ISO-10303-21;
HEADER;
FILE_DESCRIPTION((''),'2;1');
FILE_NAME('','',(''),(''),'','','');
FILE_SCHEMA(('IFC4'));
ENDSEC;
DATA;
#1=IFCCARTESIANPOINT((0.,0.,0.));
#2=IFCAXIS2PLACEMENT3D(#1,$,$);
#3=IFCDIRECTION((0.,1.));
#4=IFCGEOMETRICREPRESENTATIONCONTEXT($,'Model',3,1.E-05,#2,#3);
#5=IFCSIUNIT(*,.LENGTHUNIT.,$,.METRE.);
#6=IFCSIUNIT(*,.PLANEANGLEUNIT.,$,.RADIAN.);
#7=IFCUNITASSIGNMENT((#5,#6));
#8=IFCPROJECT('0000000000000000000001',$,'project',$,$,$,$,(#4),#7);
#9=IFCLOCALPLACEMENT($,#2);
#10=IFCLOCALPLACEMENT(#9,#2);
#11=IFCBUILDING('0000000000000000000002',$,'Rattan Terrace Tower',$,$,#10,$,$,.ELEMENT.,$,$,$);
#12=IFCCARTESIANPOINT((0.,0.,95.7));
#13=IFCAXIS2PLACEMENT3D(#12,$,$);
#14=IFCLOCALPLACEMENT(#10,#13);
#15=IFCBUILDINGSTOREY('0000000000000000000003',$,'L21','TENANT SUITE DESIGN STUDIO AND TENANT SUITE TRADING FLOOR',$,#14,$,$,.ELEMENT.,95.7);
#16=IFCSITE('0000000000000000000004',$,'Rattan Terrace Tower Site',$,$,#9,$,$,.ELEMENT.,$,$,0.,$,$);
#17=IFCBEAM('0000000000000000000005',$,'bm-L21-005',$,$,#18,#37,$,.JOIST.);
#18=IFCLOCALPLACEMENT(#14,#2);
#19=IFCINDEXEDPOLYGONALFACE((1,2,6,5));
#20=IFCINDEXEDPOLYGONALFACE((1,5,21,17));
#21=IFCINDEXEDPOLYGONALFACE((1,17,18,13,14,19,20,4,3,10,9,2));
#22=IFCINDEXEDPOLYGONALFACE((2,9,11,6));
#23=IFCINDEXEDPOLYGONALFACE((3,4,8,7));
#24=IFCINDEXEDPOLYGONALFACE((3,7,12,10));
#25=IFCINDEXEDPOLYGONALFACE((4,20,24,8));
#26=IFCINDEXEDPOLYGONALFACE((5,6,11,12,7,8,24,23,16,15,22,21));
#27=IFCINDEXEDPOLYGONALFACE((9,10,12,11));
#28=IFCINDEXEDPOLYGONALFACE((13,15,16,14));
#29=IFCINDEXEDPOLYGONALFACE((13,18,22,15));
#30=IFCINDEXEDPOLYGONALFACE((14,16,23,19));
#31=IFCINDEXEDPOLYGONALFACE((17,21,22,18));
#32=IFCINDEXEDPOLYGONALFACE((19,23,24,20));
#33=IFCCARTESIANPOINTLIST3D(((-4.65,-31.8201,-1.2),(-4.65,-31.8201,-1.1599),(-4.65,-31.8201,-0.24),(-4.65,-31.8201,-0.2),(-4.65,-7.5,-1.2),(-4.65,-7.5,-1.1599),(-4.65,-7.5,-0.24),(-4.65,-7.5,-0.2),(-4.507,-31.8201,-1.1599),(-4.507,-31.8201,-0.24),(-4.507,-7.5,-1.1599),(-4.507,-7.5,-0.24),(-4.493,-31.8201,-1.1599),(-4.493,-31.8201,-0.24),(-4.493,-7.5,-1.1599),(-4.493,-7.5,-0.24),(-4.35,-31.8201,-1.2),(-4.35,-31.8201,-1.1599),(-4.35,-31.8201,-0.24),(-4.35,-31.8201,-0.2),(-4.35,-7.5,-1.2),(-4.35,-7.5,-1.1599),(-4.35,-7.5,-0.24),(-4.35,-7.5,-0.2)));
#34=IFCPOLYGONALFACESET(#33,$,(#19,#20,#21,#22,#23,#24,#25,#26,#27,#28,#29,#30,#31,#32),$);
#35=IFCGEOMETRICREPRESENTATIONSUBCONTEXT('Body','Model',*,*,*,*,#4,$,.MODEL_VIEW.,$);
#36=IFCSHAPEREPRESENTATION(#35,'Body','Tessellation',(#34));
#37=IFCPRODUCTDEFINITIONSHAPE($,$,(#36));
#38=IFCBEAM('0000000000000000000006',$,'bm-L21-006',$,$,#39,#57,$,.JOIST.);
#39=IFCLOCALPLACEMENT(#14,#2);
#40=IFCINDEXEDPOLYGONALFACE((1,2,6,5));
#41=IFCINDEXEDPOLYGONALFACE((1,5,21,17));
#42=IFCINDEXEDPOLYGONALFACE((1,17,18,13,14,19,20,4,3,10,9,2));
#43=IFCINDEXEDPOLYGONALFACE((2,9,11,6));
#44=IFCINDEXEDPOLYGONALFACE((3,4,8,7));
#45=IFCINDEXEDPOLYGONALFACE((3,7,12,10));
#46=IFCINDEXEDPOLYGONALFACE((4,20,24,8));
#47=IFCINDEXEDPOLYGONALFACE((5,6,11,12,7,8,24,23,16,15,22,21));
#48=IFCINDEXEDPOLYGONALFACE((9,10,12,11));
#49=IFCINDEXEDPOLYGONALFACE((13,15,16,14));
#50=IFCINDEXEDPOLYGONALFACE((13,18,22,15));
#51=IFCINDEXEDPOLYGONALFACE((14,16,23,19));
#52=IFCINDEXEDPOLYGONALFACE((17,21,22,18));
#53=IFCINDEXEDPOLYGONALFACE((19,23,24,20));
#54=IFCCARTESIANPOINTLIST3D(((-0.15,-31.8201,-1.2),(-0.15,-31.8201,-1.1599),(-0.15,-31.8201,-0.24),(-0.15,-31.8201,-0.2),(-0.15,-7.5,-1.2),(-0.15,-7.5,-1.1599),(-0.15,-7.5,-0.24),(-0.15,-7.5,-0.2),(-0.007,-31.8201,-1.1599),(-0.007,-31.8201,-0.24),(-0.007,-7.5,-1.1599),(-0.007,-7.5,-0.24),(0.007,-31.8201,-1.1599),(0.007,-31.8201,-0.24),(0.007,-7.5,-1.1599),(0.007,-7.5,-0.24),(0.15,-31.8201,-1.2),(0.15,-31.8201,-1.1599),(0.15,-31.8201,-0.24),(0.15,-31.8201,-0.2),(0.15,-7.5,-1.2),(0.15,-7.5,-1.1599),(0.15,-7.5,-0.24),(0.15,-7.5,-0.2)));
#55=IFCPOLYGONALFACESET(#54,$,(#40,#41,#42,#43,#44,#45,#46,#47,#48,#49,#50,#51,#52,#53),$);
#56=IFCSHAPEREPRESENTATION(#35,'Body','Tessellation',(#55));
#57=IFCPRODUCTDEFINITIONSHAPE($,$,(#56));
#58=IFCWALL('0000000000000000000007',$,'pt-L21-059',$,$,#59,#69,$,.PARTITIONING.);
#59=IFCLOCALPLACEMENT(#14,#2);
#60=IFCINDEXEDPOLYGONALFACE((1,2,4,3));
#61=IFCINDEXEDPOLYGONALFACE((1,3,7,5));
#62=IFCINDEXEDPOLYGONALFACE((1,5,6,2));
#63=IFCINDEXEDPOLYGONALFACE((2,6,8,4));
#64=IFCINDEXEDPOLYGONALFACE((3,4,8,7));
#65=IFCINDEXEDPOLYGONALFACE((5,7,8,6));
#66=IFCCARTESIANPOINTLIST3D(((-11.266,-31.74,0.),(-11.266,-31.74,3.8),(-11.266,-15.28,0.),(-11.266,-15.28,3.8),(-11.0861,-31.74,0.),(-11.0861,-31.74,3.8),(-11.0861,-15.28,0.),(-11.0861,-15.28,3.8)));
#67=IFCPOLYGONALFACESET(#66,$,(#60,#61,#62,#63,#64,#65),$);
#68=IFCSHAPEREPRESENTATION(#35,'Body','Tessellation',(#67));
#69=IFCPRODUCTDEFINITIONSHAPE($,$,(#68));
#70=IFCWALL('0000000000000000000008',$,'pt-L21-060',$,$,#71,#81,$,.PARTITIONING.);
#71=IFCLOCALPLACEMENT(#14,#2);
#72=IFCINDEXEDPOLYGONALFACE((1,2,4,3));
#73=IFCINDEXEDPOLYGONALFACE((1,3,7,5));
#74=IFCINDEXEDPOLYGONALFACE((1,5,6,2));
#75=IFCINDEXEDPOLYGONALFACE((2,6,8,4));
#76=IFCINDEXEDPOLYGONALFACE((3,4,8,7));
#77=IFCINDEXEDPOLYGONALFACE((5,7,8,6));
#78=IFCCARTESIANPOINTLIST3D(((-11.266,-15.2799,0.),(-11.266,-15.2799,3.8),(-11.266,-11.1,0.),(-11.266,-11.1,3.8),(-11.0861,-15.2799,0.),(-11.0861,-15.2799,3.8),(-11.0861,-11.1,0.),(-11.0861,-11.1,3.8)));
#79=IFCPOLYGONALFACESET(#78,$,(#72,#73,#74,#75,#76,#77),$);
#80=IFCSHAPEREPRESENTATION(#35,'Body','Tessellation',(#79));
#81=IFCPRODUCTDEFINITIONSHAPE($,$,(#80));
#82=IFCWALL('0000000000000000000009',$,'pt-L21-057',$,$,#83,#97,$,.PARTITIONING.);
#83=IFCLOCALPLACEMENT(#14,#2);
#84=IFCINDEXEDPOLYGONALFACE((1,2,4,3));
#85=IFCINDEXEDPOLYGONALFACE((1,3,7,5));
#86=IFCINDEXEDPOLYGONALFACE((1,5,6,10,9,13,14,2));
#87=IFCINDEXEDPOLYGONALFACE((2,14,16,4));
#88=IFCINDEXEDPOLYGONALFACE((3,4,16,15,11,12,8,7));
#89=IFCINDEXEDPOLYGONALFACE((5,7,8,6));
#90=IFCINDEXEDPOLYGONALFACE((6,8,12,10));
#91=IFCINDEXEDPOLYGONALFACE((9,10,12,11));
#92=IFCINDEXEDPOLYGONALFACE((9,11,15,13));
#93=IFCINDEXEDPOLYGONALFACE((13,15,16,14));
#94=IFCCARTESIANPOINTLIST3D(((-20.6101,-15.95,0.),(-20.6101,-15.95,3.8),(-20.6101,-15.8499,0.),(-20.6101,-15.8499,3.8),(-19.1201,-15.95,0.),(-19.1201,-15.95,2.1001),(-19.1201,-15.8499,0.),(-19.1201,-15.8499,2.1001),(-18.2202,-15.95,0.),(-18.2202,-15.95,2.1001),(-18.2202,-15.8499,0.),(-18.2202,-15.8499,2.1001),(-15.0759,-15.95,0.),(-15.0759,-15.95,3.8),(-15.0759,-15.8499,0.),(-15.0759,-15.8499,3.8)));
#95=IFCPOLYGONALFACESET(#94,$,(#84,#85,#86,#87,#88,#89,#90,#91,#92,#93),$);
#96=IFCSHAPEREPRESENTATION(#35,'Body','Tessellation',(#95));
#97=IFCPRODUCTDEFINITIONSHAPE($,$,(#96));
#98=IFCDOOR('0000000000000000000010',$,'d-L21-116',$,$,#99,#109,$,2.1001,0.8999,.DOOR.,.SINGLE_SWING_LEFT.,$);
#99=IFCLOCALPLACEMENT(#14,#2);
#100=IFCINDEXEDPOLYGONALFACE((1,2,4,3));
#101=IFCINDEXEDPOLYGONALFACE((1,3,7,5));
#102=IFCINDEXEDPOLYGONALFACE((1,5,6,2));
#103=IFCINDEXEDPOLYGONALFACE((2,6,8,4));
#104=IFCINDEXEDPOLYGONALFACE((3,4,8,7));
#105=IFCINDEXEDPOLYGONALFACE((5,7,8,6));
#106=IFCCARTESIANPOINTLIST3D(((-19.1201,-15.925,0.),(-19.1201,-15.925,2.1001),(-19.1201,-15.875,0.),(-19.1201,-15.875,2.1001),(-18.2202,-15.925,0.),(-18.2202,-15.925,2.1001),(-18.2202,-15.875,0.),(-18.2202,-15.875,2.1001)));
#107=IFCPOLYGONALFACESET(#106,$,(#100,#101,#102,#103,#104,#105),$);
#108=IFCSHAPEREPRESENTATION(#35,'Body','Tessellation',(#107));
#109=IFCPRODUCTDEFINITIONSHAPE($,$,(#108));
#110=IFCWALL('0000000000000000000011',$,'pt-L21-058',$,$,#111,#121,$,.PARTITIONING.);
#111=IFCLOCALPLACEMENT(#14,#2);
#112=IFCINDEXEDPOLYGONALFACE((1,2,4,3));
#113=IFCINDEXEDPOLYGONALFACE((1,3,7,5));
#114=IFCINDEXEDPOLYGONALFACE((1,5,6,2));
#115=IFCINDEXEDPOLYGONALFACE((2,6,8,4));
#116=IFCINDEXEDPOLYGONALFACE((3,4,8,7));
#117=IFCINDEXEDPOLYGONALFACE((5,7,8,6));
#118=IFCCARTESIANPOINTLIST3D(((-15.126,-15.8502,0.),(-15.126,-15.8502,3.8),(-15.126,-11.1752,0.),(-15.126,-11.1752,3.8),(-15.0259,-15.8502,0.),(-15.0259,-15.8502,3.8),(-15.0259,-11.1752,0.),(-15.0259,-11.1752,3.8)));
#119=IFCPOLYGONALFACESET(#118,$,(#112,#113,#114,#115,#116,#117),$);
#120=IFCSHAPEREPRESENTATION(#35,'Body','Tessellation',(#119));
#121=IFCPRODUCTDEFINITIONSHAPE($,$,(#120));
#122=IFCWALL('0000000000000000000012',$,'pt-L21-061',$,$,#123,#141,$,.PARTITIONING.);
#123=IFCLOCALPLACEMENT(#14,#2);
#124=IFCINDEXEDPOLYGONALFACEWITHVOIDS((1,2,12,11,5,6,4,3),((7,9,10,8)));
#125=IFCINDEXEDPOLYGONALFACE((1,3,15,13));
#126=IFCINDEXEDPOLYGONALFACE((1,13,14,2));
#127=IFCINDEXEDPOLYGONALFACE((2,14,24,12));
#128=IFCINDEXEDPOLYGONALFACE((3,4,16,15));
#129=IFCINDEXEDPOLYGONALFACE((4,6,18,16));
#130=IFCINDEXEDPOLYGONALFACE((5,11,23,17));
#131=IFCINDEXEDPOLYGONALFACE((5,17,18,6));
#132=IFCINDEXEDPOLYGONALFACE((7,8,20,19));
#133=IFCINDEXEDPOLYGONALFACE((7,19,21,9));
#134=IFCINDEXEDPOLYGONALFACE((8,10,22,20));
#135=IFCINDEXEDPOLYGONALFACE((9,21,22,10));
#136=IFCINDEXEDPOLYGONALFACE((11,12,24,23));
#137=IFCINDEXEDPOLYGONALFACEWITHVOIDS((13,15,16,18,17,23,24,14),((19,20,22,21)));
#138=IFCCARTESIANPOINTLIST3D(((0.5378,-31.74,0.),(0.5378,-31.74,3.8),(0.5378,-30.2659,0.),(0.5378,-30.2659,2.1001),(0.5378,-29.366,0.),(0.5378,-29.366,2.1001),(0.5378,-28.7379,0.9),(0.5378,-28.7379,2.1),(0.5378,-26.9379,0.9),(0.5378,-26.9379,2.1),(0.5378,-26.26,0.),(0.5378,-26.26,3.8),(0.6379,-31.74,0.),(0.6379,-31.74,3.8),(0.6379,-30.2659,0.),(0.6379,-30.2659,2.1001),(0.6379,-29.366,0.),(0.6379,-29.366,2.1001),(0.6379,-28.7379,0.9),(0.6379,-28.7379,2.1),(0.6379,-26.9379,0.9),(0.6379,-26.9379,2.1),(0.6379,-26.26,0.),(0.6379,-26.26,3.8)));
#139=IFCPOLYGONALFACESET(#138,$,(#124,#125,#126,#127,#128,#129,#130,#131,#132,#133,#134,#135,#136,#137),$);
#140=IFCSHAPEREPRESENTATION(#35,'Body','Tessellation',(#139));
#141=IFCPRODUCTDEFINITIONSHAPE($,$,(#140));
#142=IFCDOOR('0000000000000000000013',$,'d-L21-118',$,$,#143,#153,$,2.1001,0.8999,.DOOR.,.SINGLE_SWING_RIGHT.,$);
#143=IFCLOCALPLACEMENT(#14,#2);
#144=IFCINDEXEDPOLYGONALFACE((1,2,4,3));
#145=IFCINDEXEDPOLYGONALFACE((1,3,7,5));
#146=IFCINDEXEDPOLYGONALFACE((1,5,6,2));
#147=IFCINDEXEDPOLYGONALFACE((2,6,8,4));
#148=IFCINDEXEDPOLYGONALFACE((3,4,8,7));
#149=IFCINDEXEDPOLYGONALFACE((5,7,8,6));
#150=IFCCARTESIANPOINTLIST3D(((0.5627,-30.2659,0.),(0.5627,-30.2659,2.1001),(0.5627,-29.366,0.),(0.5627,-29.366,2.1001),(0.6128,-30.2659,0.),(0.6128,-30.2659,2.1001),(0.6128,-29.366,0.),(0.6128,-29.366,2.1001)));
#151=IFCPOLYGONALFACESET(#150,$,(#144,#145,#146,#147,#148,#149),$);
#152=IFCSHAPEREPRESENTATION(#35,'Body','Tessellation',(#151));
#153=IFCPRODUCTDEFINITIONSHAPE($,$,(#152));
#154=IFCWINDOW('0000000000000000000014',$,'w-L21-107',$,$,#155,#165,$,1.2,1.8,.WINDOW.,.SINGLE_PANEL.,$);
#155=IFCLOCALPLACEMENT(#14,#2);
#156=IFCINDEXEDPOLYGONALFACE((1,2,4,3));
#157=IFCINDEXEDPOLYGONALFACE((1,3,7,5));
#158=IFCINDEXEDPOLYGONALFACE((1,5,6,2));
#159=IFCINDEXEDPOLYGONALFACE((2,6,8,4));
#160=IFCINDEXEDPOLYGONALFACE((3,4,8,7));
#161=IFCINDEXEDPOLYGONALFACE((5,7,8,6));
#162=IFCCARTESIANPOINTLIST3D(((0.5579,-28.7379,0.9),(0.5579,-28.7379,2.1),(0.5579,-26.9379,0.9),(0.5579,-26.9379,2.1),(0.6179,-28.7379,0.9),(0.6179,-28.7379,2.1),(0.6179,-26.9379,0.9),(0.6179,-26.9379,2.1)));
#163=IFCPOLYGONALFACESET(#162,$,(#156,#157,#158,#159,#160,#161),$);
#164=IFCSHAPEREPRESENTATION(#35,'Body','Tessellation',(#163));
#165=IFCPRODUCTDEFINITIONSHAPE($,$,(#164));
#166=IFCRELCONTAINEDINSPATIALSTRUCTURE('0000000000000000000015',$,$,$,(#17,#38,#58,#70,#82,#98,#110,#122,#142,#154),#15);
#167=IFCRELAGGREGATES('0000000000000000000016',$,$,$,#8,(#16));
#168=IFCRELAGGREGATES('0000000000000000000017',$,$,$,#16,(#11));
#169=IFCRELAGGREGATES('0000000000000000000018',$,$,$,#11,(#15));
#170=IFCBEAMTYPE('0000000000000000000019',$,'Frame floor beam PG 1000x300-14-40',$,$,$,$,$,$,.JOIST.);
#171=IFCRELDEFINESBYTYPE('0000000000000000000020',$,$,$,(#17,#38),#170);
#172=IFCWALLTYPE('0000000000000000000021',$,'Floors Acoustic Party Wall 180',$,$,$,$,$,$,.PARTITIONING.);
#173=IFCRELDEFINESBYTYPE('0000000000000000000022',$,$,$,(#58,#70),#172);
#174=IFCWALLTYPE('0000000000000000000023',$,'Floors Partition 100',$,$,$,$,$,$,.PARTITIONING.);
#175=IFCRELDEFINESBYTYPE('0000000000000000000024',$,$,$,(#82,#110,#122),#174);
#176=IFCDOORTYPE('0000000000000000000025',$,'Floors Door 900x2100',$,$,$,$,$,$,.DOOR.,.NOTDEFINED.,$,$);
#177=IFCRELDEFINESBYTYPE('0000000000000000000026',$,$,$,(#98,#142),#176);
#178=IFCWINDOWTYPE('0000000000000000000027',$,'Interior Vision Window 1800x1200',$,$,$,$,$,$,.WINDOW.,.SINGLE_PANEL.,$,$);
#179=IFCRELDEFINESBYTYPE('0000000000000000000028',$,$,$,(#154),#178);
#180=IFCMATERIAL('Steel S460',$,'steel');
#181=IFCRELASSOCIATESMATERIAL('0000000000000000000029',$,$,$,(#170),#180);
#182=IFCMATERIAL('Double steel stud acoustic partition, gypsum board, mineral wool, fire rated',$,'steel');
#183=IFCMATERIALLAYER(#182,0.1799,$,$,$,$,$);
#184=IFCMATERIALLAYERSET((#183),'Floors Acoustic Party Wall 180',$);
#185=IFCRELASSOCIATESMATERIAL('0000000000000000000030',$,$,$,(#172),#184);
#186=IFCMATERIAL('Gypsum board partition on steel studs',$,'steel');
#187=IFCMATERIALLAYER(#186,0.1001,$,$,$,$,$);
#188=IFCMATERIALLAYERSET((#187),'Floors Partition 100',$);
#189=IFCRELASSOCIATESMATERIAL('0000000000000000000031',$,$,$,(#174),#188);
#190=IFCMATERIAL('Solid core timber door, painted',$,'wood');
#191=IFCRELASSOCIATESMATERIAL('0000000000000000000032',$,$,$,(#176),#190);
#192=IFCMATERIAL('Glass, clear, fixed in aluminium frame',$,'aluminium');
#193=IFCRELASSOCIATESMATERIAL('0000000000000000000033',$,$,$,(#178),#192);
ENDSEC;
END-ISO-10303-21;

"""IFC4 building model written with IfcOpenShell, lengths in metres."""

from ifc_helpers import new_model, si_unit, direction, frame, frame_2d, origin, origin_2d, place, context, subcontext, project, spatial, rectangle, i_section, extrude, material, layer, layer_set, material_profile, profile_set, type_object, element, fill, save


model = new_model("IFC4")

# Units and contexts
model_context = context("Model", 3, precision=1e-05, world=origin(), true_north=direction((0.0, 1.0)))
body_context = subcontext(model_context, "Body", "Model", "MODEL_VIEW")
ifc_project = project(units=[si_unit("LENGTHUNIT", "METRE"), si_unit("PLANEANGLEUNIT", "RADIAN")], contexts=[model_context])

# Site, building, storey
site_placement = place(None, origin())
site = spatial("IfcSite", under=ifc_project, at=site_placement, Name="Rattan Terrace Tower Site", CompositionType="ELEMENT", RefElevation=0.0)
building_placement = place(site_placement, origin())
building = spatial("IfcBuilding", under=site, at=building_placement, Name="Rattan Terrace Tower", CompositionType="ELEMENT")
storey_placement = place(building_placement, frame((0.0, 0.0, 95.7)))
storey = spatial("IfcBuildingStorey", under=building, at=storey_placement, Name="L21", Description="TENANT SUITE DESIGN STUDIO AND TENANT SUITE TRADING FLOOR", CompositionType="ELEMENT", Elevation=95.7)

# Beams
ifc_material_1 = material(Name="Steel S460", Category="steel")
ifc_material_profile = material_profile(ifc_material_1, i_section(OverallWidth=0.3, OverallDepth=1.0, WebThickness=0.0139, FlangeThickness=0.04, at=origin_2d()), Name="PG 1000x300-14-40")
ifc_profile_set = profile_set([ifc_material_profile], Name="Steel S460")
beam_type = type_object("IfcBeamType", Name="Frame floor beam PG 1000x300-14-40", PredefinedType="JOIST", material=ifc_profile_set)
for number, where, z_axis, x_axis, name in (
    (1, (-4.5, -31.8201, -0.7), (0.0, 1.0, 0.0), (-1.0, 0.0, 0.0), "bm-L21-005"),
    (2, (0.0, -31.8201, -0.7), (0.0, 1.0, 0.0), (-1.0, 0.0, 0.0), "bm-L21-006"),
):
    element("IfcBeam", number, at=place(storey_placement, frame(where, z_axis=z_axis, x_axis=x_axis)), inside=storey, type_object=beam_type, Name=name, PredefinedType="JOIST", context=body_context, shape_type="SweptSolid", body=[
        extrude(i_section(OverallWidth=0.3, OverallDepth=1.0, WebThickness=0.0139, FlangeThickness=0.04, at=origin_2d()), origin(), (0.0, 0.0, 1.0), 24.3201),
    ])

# Walls
ifc_material_2 = material(Name="Double steel stud acoustic partition, gypsum board, mineral wool, fire rated", Category="steel")
ifc_layer_1 = layer(ifc_material_2, 0.1799)
ifc_layer_set_1 = layer_set([ifc_layer_1], Name="Floors Acoustic Party Wall 180")
wall_type_1 = type_object("IfcWallType", Name="Floors Acoustic Party Wall 180", PredefinedType="PARTITIONING", material=ifc_layer_set_1)
wall_1_placement = place(storey_placement, frame((-11.176, -15.28, 0.0), z_axis=(0.0, 0.0, 1.0), x_axis=(0.0, -1.0, 0.0)))
element("IfcWall", 3, at=wall_1_placement, inside=storey, type_object=wall_type_1, Name="pt-L21-059", PredefinedType="PARTITIONING", context=body_context, shape_type="SweptSolid", body=[
    extrude(rectangle(XDim=16.46, YDim=0.1799, at=frame_2d((8.23, 0.0))), origin(), (0.0, 0.0, 1.0), 3.8),
])
wall_2_placement = place(storey_placement, frame((-11.176, -11.1001, 0.0), z_axis=(0.0, 0.0, 1.0), x_axis=(0.0, -1.0, 0.0)))
element("IfcWall", 4, at=wall_2_placement, inside=storey, type_object=wall_type_1, Name="pt-L21-060", PredefinedType="PARTITIONING", context=body_context, shape_type="SweptSolid", body=[
    extrude(rectangle(XDim=4.1799, YDim=0.1799, at=frame_2d((2.0898, 0.0))), origin(), (0.0, 0.0, 1.0), 3.8),
])

# Wall, opening, door
ifc_material_3 = material(Name="Gypsum board partition on steel studs", Category="steel")
ifc_layer_2 = layer(ifc_material_3, 0.1001)
ifc_layer_set_2 = layer_set([ifc_layer_2], Name="Floors Partition 100")
wall_type_2 = type_object("IfcWallType", Name="Floors Partition 100", PredefinedType="PARTITIONING", material=ifc_layer_set_2)
wall_3_placement = place(storey_placement, frame((-20.6101, -15.8999, 0.0), z_axis=(0.0, 0.0, 1.0), x_axis=(1.0, 0.0, 0.0)))
wall_3 = element("IfcWall", 5, at=wall_3_placement, inside=storey, type_object=wall_type_2, Name="pt-L21-057", PredefinedType="PARTITIONING", context=body_context, shape_type="SweptSolid", body=[
    extrude(rectangle(XDim=5.5342, YDim=0.1001, at=frame_2d((2.7671, 0.0))), origin(), (0.0, 0.0, 1.0), 3.8),
])
opening_1_placement = place(wall_3_placement, frame((1.49, 0.0, 0.0)))
opening_1 = element("IfcOpeningElement", 6, at=opening_1_placement, cuts=wall_3, PredefinedType="OPENING", context=body_context, shape_type="SweptSolid", body=[
    extrude(rectangle(XDim=0.8999, YDim=2.1001, at=frame_2d((0.45, 1.05))), frame((0.0, 0.0605, 0.0), z_axis=(0.0, -1.0, 0.0), x_axis=(1.0, 0.0, 0.0)), (0.0, 0.0, 1.0), 0.1211),
])
ifc_material_4 = material(Name="Solid core timber door, painted", Category="wood")
door_type_1 = type_object("IfcDoorType", Name="Floors Door 900x2100", OperationType="NOTDEFINED", PredefinedType="DOOR", material=ifc_material_4)
door_1_placement = place(opening_1_placement, origin())
door_1 = element("IfcDoor", 7, at=door_1_placement, inside=storey, type_object=door_type_1, Name="d-L21-116", OperationType="SINGLE_SWING_LEFT", OverallHeight=2.1001, OverallWidth=0.8999, PredefinedType="DOOR", context=body_context, shape_type="SweptSolid", body=[
    extrude(rectangle(XDim=0.8999, YDim=2.1001, at=frame_2d((0.45, 1.05))), frame((0.0, 0.0249, 0.0), z_axis=(0.0, -1.0, 0.0), x_axis=(1.0, 0.0, 0.0)), (0.0, 0.0, 1.0), 0.05),
])
fill(opening_1, door_1)

# Wall
wall_4_placement = place(storey_placement, frame((-15.0759, -15.8501, 0.0), z_axis=(0.0, 0.0, 1.0), x_axis=(0.0, 1.0, 0.0)))
element("IfcWall", 8, at=wall_4_placement, inside=storey, type_object=wall_type_2, Name="pt-L21-058", PredefinedType="PARTITIONING", context=body_context, shape_type="SweptSolid", body=[
    extrude(rectangle(XDim=4.675, YDim=0.1001, at=frame_2d((2.3374, 0.0))), origin(), (0.0, 0.0, 1.0), 3.8),
])

# Wall, openings, door, window
wall_5_placement = place(storey_placement, frame((0.5879, -26.26, 0.0), z_axis=(0.0, 0.0, 1.0), x_axis=(0.0, -1.0, 0.0)))
wall_5 = element("IfcWall", 9, at=wall_5_placement, inside=storey, type_object=wall_type_2, Name="pt-L21-061", PredefinedType="PARTITIONING", context=body_context, shape_type="SweptSolid", body=[
    extrude(rectangle(XDim=5.48, YDim=0.1001, at=frame_2d((2.74, 0.0))), origin(), (0.0, 0.0, 1.0), 3.8),
])
opening_2_placement = place(wall_5_placement, frame((3.106, 0.0, 0.0)))
opening_2 = element("IfcOpeningElement", 10, at=opening_2_placement, cuts=wall_5, PredefinedType="OPENING", context=body_context, shape_type="SweptSolid", body=[
    extrude(rectangle(XDim=0.8999, YDim=2.1001, at=frame_2d((0.45, 1.05))), frame((0.0, 0.0605, 0.0), z_axis=(0.0, -1.0, 0.0), x_axis=(1.0, 0.0, 0.0)), (0.0, 0.0, 1.0), 0.1211),
])
opening_3_placement = place(wall_5_placement, frame((0.678, 0.0, 0.8999)))
opening_3 = element("IfcOpeningElement", 11, at=opening_3_placement, cuts=wall_5, PredefinedType="OPENING", context=body_context, shape_type="SweptSolid", body=[
    extrude(rectangle(XDim=1.8, YDim=1.2, at=frame_2d((0.8999, 0.6001))), frame((0.0, 0.0605, 0.0), z_axis=(0.0, -1.0, 0.0), x_axis=(1.0, 0.0, 0.0)), (0.0, 0.0, 1.0), 0.1211),
])
door_2_placement = place(opening_2_placement, origin())
door_2 = element("IfcDoor", 12, at=door_2_placement, inside=storey, type_object=door_type_1, Name="d-L21-118", OperationType="SINGLE_SWING_RIGHT", OverallHeight=2.1001, OverallWidth=0.8999, PredefinedType="DOOR", context=body_context, shape_type="SweptSolid", body=[
    extrude(rectangle(XDim=0.8999, YDim=2.1001, at=frame_2d((0.45, 1.05))), frame((0.0, 0.0249, 0.0), z_axis=(0.0, -1.0, 0.0), x_axis=(1.0, 0.0, 0.0)), (0.0, 0.0, 1.0), 0.05),
])
fill(opening_2, door_2)
ifc_material_5 = material(Name="Glass, clear, fixed in aluminium frame", Category="aluminium")
window_type = type_object("IfcWindowType", Name="Interior Vision Window 1800x1200", PartitioningType="SINGLE_PANEL", PredefinedType="WINDOW", material=ifc_material_5)
window_placement = place(opening_3_placement, origin())
window = element("IfcWindow", 13, at=window_placement, inside=storey, type_object=window_type, Name="w-L21-107", OverallHeight=1.2, OverallWidth=1.8, PartitioningType="SINGLE_PANEL", PredefinedType="WINDOW", context=body_context, shape_type="SweptSolid", body=[
    extrude(rectangle(XDim=1.8, YDim=1.2, at=frame_2d((0.8999, 0.6001))), frame((0.0, 0.03, 0.0), z_axis=(0.0, -1.0, 0.0), x_axis=(1.0, 0.0, 0.0)), (0.0, 0.0, 1.0), 0.0601),
])
fill(opening_3, window)

save(model, "model.ifc")
